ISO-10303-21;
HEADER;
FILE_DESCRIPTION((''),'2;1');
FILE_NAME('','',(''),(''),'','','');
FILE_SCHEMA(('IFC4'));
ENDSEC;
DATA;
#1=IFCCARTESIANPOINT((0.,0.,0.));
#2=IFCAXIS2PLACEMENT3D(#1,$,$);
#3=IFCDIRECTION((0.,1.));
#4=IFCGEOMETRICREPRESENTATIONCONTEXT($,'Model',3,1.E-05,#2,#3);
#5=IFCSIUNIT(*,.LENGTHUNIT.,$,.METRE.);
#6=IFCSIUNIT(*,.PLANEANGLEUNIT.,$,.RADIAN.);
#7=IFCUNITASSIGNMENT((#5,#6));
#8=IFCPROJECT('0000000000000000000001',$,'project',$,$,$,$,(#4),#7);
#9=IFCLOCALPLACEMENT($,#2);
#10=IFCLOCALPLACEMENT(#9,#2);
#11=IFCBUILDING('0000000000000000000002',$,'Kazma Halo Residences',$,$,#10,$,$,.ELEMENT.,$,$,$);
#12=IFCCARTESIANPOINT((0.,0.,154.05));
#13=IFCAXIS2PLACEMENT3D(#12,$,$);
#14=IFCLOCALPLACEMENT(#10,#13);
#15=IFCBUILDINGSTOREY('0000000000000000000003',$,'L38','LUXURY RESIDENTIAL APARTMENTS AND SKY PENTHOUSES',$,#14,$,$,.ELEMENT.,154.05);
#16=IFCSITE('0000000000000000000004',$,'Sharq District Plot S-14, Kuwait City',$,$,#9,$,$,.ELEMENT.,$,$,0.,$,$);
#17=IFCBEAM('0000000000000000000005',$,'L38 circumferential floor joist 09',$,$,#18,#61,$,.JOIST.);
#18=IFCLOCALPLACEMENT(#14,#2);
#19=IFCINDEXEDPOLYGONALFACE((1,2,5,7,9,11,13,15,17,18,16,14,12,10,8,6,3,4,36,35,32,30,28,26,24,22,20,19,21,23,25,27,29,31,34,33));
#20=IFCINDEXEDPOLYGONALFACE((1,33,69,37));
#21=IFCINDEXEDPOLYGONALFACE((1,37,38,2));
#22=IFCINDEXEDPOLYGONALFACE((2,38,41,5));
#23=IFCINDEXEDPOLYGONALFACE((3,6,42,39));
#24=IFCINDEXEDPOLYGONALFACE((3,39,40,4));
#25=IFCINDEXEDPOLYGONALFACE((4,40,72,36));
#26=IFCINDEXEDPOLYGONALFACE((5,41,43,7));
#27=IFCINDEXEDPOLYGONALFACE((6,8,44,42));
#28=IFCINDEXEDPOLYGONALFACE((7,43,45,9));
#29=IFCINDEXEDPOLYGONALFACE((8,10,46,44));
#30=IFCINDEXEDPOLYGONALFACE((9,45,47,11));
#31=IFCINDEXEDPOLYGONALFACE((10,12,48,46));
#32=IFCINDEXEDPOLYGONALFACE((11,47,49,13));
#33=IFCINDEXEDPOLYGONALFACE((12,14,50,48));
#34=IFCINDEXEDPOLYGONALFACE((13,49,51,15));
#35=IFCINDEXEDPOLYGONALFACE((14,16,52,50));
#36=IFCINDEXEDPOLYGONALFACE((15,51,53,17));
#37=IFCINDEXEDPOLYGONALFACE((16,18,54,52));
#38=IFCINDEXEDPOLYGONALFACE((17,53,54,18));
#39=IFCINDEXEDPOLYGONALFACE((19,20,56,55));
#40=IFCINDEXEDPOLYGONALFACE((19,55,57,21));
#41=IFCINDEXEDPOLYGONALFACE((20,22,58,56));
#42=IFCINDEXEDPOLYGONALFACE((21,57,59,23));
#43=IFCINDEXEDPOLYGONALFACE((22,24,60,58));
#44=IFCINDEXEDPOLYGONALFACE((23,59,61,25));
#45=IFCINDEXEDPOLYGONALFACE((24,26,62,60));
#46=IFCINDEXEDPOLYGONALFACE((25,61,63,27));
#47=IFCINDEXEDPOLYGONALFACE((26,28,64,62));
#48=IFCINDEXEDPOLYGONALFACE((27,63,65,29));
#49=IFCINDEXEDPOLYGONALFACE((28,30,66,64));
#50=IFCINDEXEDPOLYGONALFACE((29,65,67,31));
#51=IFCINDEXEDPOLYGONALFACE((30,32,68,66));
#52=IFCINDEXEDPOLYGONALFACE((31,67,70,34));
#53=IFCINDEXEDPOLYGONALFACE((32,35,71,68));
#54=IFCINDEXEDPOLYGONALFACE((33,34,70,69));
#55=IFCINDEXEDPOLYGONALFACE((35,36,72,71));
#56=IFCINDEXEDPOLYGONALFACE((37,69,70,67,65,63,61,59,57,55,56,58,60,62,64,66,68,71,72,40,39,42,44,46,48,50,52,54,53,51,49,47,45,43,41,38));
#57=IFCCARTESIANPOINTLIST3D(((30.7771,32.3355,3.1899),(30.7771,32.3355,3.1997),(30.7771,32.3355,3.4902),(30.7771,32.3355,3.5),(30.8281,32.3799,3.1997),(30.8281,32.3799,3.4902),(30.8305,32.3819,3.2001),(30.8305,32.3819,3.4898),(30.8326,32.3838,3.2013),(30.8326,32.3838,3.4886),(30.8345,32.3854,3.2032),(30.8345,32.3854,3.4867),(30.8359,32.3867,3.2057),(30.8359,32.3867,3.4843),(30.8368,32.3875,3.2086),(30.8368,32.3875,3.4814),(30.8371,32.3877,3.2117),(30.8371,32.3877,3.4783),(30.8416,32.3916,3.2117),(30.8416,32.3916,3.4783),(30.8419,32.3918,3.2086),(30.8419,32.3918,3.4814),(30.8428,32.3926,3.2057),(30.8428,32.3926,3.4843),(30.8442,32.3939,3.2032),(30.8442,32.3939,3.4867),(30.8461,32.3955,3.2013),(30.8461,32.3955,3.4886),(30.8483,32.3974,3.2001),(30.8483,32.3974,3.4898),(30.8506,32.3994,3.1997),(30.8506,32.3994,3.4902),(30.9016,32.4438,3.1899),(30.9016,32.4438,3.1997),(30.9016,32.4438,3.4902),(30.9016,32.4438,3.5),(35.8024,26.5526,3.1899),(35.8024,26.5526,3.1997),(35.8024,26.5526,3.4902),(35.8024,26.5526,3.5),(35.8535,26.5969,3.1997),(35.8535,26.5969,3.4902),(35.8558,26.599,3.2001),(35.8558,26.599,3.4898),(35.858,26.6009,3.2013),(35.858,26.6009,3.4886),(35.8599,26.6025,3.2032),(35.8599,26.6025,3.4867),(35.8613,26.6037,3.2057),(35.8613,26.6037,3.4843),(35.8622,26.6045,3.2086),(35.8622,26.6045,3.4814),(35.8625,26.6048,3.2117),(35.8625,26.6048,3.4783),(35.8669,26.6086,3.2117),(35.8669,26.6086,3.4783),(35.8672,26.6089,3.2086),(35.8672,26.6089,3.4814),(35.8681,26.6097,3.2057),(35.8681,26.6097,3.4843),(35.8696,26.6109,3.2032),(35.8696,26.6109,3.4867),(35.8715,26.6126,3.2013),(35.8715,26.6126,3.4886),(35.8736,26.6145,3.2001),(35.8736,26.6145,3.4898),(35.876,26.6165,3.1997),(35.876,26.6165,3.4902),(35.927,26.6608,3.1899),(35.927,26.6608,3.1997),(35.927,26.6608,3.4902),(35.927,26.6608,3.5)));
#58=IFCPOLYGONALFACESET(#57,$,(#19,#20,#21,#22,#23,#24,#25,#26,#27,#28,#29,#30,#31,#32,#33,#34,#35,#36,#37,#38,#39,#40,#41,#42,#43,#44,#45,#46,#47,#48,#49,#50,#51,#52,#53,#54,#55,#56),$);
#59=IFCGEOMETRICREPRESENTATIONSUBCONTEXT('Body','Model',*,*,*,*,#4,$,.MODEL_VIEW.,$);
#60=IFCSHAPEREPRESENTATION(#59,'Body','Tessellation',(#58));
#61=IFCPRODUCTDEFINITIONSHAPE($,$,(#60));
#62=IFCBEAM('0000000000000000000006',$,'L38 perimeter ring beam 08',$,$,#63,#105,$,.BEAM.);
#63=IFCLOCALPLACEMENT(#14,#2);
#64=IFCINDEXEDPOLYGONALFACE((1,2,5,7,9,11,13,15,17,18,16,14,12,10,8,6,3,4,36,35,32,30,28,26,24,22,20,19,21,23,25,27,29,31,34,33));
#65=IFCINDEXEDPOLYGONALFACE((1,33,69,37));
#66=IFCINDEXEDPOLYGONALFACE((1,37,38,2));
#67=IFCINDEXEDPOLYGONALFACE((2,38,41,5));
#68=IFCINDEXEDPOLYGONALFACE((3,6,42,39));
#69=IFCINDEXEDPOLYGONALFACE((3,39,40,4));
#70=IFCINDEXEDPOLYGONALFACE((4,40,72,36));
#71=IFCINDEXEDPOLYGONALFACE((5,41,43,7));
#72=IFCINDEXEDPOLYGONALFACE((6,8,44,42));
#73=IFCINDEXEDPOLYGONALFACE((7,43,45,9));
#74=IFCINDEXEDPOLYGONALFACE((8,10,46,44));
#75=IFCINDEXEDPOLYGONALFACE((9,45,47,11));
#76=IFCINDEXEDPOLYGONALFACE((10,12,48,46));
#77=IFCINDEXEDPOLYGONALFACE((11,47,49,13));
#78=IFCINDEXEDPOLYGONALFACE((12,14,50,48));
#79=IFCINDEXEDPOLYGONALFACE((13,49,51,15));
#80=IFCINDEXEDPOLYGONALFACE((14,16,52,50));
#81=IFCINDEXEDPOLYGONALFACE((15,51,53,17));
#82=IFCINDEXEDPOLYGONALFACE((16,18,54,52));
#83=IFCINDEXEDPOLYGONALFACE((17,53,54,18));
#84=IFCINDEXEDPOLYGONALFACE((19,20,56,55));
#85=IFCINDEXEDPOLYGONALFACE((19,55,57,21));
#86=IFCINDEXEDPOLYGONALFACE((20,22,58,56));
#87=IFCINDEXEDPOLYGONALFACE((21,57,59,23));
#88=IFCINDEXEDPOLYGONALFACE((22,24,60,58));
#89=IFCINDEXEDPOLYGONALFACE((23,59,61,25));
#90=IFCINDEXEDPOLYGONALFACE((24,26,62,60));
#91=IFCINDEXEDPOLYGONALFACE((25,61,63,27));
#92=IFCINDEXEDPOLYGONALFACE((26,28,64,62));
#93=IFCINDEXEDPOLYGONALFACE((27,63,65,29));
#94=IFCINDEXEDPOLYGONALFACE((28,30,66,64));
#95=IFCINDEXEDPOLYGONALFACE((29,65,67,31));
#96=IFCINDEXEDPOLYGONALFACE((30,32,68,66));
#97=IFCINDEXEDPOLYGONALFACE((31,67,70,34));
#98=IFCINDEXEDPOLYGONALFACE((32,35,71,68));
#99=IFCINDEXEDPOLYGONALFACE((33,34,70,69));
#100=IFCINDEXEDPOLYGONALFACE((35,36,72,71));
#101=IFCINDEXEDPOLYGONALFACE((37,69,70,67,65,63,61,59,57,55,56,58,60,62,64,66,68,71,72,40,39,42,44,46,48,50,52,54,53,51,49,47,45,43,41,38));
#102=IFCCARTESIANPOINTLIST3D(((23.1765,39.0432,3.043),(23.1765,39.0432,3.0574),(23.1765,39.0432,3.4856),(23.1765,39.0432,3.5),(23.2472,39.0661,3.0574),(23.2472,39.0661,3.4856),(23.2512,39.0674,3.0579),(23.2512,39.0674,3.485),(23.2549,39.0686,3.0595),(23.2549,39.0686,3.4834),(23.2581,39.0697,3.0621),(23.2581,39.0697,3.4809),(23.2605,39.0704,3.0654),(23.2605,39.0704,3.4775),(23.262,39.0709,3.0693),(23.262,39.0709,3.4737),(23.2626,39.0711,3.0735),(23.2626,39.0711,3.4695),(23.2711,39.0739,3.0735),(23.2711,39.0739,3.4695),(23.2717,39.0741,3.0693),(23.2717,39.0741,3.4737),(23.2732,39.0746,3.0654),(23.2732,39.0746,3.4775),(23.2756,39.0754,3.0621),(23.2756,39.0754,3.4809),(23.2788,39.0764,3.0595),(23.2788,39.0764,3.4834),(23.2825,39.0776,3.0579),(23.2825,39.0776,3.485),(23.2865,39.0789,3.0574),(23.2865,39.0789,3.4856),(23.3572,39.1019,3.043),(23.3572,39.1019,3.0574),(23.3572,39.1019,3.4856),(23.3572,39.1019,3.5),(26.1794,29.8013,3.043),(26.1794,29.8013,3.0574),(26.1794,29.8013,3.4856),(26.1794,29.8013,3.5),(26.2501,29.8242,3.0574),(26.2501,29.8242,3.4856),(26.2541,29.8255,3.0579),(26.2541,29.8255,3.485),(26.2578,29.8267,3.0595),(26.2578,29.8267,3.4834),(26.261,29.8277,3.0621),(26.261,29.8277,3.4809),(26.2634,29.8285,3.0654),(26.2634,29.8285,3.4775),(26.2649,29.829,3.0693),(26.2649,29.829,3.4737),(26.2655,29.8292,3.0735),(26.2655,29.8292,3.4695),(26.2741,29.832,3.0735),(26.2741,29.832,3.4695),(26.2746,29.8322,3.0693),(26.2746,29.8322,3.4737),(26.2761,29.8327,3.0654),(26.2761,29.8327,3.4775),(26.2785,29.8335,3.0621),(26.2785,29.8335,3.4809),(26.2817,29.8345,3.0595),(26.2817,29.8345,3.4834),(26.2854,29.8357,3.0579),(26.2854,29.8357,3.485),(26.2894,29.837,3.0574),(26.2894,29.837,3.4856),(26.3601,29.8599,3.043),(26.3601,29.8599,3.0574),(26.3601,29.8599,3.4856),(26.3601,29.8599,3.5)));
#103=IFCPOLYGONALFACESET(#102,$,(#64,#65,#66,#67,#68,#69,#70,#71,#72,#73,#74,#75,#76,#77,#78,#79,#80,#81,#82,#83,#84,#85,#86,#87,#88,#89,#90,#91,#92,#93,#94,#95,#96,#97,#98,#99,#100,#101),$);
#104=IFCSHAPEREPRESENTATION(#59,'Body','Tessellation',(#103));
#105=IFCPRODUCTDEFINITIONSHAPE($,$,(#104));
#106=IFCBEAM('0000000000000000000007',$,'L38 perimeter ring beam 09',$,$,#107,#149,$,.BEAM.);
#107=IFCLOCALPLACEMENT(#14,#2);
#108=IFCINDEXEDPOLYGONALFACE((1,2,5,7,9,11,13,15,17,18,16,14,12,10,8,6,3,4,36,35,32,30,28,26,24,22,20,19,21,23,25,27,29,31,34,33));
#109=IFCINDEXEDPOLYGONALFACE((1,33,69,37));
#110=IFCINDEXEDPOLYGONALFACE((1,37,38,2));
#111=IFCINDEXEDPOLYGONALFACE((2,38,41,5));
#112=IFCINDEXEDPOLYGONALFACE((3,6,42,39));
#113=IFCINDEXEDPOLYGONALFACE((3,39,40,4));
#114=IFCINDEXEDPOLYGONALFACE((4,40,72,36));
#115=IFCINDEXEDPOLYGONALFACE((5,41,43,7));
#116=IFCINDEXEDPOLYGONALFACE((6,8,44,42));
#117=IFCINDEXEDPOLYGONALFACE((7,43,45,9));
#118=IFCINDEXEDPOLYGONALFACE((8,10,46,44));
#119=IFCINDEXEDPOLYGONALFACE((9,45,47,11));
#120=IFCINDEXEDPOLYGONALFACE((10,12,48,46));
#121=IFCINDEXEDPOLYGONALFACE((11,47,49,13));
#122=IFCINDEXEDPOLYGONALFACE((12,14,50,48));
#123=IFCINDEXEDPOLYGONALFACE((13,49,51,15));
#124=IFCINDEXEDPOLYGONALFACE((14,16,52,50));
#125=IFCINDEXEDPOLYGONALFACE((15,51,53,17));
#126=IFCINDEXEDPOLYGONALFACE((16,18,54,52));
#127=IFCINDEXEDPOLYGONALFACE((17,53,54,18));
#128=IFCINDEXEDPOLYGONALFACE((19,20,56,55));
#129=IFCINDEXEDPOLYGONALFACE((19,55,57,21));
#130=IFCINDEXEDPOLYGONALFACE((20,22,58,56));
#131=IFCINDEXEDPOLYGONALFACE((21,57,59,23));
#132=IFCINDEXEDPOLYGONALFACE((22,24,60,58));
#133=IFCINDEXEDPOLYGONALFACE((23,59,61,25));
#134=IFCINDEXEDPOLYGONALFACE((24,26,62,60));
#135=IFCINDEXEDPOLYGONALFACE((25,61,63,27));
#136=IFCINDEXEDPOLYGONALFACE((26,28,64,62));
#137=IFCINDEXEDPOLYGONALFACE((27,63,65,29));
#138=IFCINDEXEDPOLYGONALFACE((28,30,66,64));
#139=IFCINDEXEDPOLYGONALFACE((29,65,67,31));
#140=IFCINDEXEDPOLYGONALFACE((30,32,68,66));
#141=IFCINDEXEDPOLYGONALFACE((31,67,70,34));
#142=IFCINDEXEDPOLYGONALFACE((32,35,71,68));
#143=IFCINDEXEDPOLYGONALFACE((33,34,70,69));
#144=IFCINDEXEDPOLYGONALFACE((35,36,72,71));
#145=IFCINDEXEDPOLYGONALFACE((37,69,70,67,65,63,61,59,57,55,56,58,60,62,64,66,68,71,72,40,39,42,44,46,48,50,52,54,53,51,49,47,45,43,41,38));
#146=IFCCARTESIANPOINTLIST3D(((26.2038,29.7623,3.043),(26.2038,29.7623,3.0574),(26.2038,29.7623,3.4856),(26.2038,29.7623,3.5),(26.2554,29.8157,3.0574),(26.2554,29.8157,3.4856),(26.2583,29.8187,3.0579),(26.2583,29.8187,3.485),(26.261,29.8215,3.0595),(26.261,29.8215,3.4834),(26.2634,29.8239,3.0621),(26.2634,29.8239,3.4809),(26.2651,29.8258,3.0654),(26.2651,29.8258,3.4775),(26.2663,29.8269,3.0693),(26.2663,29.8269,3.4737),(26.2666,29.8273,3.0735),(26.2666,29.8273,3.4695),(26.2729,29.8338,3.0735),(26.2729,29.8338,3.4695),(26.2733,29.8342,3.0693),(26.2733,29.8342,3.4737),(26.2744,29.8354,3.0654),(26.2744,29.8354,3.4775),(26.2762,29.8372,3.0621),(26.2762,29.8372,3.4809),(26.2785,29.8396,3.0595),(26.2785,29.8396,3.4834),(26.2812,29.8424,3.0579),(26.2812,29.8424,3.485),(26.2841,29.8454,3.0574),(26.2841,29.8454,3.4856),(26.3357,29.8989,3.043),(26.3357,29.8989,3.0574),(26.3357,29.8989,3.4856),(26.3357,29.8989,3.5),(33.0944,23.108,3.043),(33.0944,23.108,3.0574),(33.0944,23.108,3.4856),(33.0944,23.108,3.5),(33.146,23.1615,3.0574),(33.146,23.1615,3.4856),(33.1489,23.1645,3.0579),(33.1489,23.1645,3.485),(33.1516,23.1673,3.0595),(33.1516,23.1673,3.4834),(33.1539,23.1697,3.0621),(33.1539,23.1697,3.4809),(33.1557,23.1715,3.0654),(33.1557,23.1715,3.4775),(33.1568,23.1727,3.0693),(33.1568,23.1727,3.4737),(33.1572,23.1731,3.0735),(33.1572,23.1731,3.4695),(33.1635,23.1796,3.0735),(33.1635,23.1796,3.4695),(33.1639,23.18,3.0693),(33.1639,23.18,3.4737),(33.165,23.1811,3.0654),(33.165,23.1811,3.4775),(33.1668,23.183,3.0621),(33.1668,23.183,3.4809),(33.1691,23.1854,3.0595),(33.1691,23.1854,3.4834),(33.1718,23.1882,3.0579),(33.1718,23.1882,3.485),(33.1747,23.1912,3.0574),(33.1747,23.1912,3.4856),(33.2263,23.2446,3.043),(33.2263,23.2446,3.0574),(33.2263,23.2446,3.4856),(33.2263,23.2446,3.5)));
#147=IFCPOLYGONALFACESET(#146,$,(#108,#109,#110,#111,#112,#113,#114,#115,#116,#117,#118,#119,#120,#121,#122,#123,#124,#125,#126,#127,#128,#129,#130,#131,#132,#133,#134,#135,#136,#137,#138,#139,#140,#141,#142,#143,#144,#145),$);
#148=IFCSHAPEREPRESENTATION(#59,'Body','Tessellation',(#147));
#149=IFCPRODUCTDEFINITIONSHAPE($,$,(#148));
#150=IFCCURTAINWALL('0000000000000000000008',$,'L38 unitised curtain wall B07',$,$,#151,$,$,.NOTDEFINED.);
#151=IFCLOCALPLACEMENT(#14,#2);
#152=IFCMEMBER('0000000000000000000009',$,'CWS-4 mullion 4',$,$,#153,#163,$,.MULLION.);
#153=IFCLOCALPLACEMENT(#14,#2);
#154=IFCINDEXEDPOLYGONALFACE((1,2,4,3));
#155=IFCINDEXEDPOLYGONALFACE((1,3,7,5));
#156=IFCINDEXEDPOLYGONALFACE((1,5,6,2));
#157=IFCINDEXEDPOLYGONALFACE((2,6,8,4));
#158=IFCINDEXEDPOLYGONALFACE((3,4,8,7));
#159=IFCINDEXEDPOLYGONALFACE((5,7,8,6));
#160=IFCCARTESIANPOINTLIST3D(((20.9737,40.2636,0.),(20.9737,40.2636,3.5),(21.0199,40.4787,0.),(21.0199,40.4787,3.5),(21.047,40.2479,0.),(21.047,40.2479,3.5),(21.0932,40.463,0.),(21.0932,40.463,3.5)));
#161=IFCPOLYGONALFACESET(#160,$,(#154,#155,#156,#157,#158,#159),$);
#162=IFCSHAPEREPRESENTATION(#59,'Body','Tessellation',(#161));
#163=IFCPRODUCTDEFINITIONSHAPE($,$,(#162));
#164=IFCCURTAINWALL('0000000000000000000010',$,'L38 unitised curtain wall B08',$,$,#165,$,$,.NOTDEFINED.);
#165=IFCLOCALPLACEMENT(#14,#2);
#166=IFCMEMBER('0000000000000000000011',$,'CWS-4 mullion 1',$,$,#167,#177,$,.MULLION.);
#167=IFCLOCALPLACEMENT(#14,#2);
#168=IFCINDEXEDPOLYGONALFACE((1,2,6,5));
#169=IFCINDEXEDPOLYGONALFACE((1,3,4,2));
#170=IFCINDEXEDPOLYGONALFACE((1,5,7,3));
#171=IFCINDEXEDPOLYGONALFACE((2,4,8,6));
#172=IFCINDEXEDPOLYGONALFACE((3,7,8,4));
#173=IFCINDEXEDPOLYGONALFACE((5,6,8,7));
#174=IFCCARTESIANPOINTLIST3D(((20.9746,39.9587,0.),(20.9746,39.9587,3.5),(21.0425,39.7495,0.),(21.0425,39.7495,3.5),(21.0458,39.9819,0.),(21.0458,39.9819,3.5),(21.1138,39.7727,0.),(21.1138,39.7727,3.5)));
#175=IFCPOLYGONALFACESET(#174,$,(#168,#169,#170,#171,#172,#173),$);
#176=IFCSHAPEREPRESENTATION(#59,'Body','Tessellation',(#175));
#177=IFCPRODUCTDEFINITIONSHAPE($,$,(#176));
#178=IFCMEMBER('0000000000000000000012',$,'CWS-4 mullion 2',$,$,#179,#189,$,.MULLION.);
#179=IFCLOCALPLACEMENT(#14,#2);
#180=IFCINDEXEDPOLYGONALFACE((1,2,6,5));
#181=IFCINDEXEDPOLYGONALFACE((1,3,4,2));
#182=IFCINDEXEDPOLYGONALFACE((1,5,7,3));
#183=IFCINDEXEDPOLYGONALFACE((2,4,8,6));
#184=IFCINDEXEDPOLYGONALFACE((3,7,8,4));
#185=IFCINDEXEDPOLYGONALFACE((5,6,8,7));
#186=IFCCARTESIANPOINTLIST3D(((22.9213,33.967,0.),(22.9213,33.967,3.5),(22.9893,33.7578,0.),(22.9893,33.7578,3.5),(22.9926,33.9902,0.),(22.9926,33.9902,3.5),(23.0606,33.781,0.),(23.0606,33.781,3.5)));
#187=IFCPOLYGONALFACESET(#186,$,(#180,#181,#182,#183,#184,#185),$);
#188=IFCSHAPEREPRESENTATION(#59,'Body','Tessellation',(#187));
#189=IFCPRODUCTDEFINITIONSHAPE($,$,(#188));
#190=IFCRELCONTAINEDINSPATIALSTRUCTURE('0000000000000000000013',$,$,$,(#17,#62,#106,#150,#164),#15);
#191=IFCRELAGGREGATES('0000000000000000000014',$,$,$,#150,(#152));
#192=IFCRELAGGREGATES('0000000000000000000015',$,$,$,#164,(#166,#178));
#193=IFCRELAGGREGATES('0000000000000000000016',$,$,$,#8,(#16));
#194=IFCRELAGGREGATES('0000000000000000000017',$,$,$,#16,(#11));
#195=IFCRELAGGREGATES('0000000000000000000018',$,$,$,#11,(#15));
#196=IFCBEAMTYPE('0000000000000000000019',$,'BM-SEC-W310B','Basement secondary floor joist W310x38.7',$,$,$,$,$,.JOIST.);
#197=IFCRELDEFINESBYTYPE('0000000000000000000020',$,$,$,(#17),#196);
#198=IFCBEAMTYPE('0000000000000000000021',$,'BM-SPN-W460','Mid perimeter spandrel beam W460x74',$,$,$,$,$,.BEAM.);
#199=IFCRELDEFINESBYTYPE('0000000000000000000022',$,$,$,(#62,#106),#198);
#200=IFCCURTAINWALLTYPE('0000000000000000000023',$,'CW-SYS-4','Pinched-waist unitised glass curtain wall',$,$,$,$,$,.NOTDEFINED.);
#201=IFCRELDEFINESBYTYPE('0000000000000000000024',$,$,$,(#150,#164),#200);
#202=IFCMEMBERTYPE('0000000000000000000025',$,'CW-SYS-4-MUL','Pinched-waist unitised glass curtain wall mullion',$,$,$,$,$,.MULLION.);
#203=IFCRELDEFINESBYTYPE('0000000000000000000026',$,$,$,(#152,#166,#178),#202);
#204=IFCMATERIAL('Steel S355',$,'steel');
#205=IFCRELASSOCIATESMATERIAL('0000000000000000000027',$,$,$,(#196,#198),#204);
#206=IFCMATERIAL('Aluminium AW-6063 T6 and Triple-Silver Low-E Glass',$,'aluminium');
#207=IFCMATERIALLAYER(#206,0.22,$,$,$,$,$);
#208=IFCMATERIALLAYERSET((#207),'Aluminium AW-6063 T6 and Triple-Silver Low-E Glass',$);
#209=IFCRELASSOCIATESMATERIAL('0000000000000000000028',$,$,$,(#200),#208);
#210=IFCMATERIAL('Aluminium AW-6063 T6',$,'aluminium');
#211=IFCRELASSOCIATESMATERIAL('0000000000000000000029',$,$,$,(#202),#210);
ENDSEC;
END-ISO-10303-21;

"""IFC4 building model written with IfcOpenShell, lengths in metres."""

from ifc_helpers import new_model, si_unit, direction, frame, origin, origin_2d, place, context, subcontext, project, spatial, rectangle, i_section, extrude, material, layer, layer_set, material_profile, profile_set, type_object, element, aggregate, save


model = new_model("IFC4")

# Units and contexts
model_context = context("Model", 3, precision=1e-05, world=origin(), true_north=direction((0.0, 1.0)))
body_context = subcontext(model_context, "Body", "Model", "MODEL_VIEW")
ifc_project = project(units=[si_unit("LENGTHUNIT", "METRE"), si_unit("PLANEANGLEUNIT", "RADIAN")], contexts=[model_context])

# Site, building, storey
site_placement = place(None, origin())
site = spatial("IfcSite", under=ifc_project, at=site_placement, Name="Sharq District Plot S-14, Kuwait City", CompositionType="ELEMENT", RefElevation=0.0)
building_placement = place(site_placement, origin())
building = spatial("IfcBuilding", under=site, at=building_placement, Name="Kazma Halo Residences", CompositionType="ELEMENT")
storey_placement = place(building_placement, frame((0.0, 0.0, 154.05)))
storey = spatial("IfcBuildingStorey", under=building, at=storey_placement, Name="L38", Description="LUXURY RESIDENTIAL APARTMENTS AND SKY PENTHOUSES", CompositionType="ELEMENT", Elevation=154.05)

# Beams
ifc_material_1 = material(Name="Steel S355", Category="steel")
ifc_material_profile_1 = material_profile(ifc_material_1, i_section(OverallWidth=0.165, OverallDepth=0.3101, WebThickness=0.0059, FlangeThickness=0.0098, FilletRadius=0.012, at=origin_2d()), Name="W310x38.7")
ifc_profile_set_1 = profile_set([ifc_material_profile_1], Name="Steel S355")
beam_type_1 = type_object("IfcBeamType", Name="BM-SEC-W310B", Description="Basement secondary floor joist W310x38.7", PredefinedType="JOIST", material=ifc_profile_set_1)
beam_1_placement = place(storey_placement, frame((30.8394, 32.3896, 3.345), z_axis=(0.655936, -0.754817, 0.0), x_axis=(0.754817, 0.655936, 0.0)))
element("IfcBeam", 1, at=beam_1_placement, inside=storey, type_object=beam_type_1, Name="L38 circumferential floor joist 09", PredefinedType="JOIST", context=body_context, shape_type="SweptSolid", body=[
    extrude(i_section(OverallWidth=0.165, OverallDepth=0.3101, WebThickness=0.0059, FlangeThickness=0.0098, FilletRadius=0.012, at=origin_2d()), origin(), (0.0, 0.0, 1.0), 7.6614),
])
ifc_material_profile_2 = material_profile(ifc_material_1, i_section(OverallWidth=0.1899, OverallDepth=0.457, WebThickness=0.009, FlangeThickness=0.0144, FilletRadius=0.0161, at=origin_2d()), Name="W460x74")
ifc_profile_set_2 = profile_set([ifc_material_profile_2], Name="Steel S355")
beam_type_2 = type_object("IfcBeamType", Name="BM-SPN-W460", Description="Mid perimeter spandrel beam W460x74", PredefinedType="BEAM", material=ifc_profile_set_2)
beam_2_placement = place(storey_placement, frame((23.2668, 39.0725, 3.2715), z_axis=(0.309021, -0.951055, 0.0), x_axis=(0.951055, 0.309021, 0.0)))
element("IfcBeam", 2, at=beam_2_placement, inside=storey, type_object=beam_type_2, Name="L38 perimeter ring beam 08", PredefinedType="BEAM", context=body_context, shape_type="SweptSolid", body=[
    extrude(i_section(OverallWidth=0.1899, OverallDepth=0.457, WebThickness=0.009, FlangeThickness=0.0144, FilletRadius=0.0161, at=origin_2d()), origin(), (0.0, 0.0, 1.0), 9.7175),
])
beam_3_placement = place(storey_placement, frame((26.2698, 29.8306, 3.2715), z_axis=(0.719335, -0.694664, 0.0), x_axis=(0.694664, 0.719335, 0.0)))
element("IfcBeam", 3, at=beam_3_placement, inside=storey, type_object=beam_type_2, Name="L38 perimeter ring beam 09", PredefinedType="BEAM", context=body_context, shape_type="SweptSolid", body=[
    extrude(i_section(OverallWidth=0.1899, OverallDepth=0.457, WebThickness=0.009, FlangeThickness=0.0144, FilletRadius=0.0161, at=origin_2d()), origin(), (0.0, 0.0, 1.0), 9.5791),
])

# Curtain wall, member
ifc_material_2 = material(Name="Aluminium AW-6063 T6 and Triple-Silver Low-E Glass", Category="aluminium")
ifc_layer_1 = layer(ifc_material_2, 0.22)
ifc_layer_set_1 = layer_set([ifc_layer_1], Name="Aluminium AW-6063 T6 and Triple-Silver Low-E Glass")
curtain_wall_type = type_object("IfcCurtainWallType", Name="CW-SYS-4", Description="Pinched-waist unitised glass curtain wall", PredefinedType="NOTDEFINED", material=ifc_layer_set_1)
curtain_wall_1_placement = place(storey_placement, origin())
curtain_wall_1 = element("IfcCurtainWall", 4, at=curtain_wall_1_placement, inside=storey, type_object=curtain_wall_type, Name="L38 unitised curtain wall B07", PredefinedType="NOTDEFINED")
ifc_material_3 = material(Name="Aluminium AW-6063 T6", Category="aluminium")
ifc_material_profile_3 = material_profile(ifc_material_3, rectangle(XDim=0.075, YDim=0.22, at=origin_2d()), Name="CWM-75x220")
ifc_profile_set_3 = profile_set([ifc_material_profile_3], Name="Aluminium AW-6063 T6")
member_type_1 = type_object("IfcMemberType", Name="CW-SYS-4-MUL", Description="Pinched-waist unitised glass curtain wall mullion", PredefinedType="MULLION", material=ifc_profile_set_3)
member_1_placement = place(storey_placement, frame((21.0334, 40.3633, 0.0), z_axis=(0.0, 0.0, 1.0), x_axis=(0.977765, -0.209704, 0.0)))
member_1 = element("IfcMember", 5, at=member_1_placement, type_object=member_type_1, Name="CWS-4 mullion 4", PredefinedType="MULLION", context=body_context, shape_type="SweptSolid", body=[
    extrude(rectangle(XDim=0.075, YDim=0.22, at=origin_2d()), origin(), (0.0, 0.0, 1.0), 3.5),
])
aggregate(curtain_wall_1, [member_1])

# Curtain wall, members
curtain_wall_2_placement = place(storey_placement, origin())
curtain_wall_2 = element("IfcCurtainWall", 6, at=curtain_wall_2_placement, inside=storey, type_object=curtain_wall_type, Name="L38 unitised curtain wall B08", PredefinedType="NOTDEFINED")
member_2_placement = place(storey_placement, frame((21.0442, 39.8657, 0.0), z_axis=(0.0, 0.0, 1.0), x_axis=(0.951058, 0.309014, 0.0)))
member_2 = element("IfcMember", 7, at=member_2_placement, type_object=member_type_1, Name="CWS-4 mullion 1", PredefinedType="MULLION", context=body_context, shape_type="SweptSolid", body=[
    extrude(rectangle(XDim=0.075, YDim=0.22, at=origin_2d()), origin(), (0.0, 0.0, 1.0), 3.5),
])
member_3_placement = place(storey_placement, frame((22.991, 33.874, 0.0), z_axis=(0.0, 0.0, 1.0), x_axis=(0.951058, 0.309014, 0.0)))
member_3 = element("IfcMember", 8, at=member_3_placement, type_object=member_type_1, Name="CWS-4 mullion 2", PredefinedType="MULLION", context=body_context, shape_type="SweptSolid", body=[
    extrude(rectangle(XDim=0.075, YDim=0.22, at=origin_2d()), origin(), (0.0, 0.0, 1.0), 3.5),
])

aggregate(curtain_wall_2, [member_2, member_3])

save(model, "model.ifc")
